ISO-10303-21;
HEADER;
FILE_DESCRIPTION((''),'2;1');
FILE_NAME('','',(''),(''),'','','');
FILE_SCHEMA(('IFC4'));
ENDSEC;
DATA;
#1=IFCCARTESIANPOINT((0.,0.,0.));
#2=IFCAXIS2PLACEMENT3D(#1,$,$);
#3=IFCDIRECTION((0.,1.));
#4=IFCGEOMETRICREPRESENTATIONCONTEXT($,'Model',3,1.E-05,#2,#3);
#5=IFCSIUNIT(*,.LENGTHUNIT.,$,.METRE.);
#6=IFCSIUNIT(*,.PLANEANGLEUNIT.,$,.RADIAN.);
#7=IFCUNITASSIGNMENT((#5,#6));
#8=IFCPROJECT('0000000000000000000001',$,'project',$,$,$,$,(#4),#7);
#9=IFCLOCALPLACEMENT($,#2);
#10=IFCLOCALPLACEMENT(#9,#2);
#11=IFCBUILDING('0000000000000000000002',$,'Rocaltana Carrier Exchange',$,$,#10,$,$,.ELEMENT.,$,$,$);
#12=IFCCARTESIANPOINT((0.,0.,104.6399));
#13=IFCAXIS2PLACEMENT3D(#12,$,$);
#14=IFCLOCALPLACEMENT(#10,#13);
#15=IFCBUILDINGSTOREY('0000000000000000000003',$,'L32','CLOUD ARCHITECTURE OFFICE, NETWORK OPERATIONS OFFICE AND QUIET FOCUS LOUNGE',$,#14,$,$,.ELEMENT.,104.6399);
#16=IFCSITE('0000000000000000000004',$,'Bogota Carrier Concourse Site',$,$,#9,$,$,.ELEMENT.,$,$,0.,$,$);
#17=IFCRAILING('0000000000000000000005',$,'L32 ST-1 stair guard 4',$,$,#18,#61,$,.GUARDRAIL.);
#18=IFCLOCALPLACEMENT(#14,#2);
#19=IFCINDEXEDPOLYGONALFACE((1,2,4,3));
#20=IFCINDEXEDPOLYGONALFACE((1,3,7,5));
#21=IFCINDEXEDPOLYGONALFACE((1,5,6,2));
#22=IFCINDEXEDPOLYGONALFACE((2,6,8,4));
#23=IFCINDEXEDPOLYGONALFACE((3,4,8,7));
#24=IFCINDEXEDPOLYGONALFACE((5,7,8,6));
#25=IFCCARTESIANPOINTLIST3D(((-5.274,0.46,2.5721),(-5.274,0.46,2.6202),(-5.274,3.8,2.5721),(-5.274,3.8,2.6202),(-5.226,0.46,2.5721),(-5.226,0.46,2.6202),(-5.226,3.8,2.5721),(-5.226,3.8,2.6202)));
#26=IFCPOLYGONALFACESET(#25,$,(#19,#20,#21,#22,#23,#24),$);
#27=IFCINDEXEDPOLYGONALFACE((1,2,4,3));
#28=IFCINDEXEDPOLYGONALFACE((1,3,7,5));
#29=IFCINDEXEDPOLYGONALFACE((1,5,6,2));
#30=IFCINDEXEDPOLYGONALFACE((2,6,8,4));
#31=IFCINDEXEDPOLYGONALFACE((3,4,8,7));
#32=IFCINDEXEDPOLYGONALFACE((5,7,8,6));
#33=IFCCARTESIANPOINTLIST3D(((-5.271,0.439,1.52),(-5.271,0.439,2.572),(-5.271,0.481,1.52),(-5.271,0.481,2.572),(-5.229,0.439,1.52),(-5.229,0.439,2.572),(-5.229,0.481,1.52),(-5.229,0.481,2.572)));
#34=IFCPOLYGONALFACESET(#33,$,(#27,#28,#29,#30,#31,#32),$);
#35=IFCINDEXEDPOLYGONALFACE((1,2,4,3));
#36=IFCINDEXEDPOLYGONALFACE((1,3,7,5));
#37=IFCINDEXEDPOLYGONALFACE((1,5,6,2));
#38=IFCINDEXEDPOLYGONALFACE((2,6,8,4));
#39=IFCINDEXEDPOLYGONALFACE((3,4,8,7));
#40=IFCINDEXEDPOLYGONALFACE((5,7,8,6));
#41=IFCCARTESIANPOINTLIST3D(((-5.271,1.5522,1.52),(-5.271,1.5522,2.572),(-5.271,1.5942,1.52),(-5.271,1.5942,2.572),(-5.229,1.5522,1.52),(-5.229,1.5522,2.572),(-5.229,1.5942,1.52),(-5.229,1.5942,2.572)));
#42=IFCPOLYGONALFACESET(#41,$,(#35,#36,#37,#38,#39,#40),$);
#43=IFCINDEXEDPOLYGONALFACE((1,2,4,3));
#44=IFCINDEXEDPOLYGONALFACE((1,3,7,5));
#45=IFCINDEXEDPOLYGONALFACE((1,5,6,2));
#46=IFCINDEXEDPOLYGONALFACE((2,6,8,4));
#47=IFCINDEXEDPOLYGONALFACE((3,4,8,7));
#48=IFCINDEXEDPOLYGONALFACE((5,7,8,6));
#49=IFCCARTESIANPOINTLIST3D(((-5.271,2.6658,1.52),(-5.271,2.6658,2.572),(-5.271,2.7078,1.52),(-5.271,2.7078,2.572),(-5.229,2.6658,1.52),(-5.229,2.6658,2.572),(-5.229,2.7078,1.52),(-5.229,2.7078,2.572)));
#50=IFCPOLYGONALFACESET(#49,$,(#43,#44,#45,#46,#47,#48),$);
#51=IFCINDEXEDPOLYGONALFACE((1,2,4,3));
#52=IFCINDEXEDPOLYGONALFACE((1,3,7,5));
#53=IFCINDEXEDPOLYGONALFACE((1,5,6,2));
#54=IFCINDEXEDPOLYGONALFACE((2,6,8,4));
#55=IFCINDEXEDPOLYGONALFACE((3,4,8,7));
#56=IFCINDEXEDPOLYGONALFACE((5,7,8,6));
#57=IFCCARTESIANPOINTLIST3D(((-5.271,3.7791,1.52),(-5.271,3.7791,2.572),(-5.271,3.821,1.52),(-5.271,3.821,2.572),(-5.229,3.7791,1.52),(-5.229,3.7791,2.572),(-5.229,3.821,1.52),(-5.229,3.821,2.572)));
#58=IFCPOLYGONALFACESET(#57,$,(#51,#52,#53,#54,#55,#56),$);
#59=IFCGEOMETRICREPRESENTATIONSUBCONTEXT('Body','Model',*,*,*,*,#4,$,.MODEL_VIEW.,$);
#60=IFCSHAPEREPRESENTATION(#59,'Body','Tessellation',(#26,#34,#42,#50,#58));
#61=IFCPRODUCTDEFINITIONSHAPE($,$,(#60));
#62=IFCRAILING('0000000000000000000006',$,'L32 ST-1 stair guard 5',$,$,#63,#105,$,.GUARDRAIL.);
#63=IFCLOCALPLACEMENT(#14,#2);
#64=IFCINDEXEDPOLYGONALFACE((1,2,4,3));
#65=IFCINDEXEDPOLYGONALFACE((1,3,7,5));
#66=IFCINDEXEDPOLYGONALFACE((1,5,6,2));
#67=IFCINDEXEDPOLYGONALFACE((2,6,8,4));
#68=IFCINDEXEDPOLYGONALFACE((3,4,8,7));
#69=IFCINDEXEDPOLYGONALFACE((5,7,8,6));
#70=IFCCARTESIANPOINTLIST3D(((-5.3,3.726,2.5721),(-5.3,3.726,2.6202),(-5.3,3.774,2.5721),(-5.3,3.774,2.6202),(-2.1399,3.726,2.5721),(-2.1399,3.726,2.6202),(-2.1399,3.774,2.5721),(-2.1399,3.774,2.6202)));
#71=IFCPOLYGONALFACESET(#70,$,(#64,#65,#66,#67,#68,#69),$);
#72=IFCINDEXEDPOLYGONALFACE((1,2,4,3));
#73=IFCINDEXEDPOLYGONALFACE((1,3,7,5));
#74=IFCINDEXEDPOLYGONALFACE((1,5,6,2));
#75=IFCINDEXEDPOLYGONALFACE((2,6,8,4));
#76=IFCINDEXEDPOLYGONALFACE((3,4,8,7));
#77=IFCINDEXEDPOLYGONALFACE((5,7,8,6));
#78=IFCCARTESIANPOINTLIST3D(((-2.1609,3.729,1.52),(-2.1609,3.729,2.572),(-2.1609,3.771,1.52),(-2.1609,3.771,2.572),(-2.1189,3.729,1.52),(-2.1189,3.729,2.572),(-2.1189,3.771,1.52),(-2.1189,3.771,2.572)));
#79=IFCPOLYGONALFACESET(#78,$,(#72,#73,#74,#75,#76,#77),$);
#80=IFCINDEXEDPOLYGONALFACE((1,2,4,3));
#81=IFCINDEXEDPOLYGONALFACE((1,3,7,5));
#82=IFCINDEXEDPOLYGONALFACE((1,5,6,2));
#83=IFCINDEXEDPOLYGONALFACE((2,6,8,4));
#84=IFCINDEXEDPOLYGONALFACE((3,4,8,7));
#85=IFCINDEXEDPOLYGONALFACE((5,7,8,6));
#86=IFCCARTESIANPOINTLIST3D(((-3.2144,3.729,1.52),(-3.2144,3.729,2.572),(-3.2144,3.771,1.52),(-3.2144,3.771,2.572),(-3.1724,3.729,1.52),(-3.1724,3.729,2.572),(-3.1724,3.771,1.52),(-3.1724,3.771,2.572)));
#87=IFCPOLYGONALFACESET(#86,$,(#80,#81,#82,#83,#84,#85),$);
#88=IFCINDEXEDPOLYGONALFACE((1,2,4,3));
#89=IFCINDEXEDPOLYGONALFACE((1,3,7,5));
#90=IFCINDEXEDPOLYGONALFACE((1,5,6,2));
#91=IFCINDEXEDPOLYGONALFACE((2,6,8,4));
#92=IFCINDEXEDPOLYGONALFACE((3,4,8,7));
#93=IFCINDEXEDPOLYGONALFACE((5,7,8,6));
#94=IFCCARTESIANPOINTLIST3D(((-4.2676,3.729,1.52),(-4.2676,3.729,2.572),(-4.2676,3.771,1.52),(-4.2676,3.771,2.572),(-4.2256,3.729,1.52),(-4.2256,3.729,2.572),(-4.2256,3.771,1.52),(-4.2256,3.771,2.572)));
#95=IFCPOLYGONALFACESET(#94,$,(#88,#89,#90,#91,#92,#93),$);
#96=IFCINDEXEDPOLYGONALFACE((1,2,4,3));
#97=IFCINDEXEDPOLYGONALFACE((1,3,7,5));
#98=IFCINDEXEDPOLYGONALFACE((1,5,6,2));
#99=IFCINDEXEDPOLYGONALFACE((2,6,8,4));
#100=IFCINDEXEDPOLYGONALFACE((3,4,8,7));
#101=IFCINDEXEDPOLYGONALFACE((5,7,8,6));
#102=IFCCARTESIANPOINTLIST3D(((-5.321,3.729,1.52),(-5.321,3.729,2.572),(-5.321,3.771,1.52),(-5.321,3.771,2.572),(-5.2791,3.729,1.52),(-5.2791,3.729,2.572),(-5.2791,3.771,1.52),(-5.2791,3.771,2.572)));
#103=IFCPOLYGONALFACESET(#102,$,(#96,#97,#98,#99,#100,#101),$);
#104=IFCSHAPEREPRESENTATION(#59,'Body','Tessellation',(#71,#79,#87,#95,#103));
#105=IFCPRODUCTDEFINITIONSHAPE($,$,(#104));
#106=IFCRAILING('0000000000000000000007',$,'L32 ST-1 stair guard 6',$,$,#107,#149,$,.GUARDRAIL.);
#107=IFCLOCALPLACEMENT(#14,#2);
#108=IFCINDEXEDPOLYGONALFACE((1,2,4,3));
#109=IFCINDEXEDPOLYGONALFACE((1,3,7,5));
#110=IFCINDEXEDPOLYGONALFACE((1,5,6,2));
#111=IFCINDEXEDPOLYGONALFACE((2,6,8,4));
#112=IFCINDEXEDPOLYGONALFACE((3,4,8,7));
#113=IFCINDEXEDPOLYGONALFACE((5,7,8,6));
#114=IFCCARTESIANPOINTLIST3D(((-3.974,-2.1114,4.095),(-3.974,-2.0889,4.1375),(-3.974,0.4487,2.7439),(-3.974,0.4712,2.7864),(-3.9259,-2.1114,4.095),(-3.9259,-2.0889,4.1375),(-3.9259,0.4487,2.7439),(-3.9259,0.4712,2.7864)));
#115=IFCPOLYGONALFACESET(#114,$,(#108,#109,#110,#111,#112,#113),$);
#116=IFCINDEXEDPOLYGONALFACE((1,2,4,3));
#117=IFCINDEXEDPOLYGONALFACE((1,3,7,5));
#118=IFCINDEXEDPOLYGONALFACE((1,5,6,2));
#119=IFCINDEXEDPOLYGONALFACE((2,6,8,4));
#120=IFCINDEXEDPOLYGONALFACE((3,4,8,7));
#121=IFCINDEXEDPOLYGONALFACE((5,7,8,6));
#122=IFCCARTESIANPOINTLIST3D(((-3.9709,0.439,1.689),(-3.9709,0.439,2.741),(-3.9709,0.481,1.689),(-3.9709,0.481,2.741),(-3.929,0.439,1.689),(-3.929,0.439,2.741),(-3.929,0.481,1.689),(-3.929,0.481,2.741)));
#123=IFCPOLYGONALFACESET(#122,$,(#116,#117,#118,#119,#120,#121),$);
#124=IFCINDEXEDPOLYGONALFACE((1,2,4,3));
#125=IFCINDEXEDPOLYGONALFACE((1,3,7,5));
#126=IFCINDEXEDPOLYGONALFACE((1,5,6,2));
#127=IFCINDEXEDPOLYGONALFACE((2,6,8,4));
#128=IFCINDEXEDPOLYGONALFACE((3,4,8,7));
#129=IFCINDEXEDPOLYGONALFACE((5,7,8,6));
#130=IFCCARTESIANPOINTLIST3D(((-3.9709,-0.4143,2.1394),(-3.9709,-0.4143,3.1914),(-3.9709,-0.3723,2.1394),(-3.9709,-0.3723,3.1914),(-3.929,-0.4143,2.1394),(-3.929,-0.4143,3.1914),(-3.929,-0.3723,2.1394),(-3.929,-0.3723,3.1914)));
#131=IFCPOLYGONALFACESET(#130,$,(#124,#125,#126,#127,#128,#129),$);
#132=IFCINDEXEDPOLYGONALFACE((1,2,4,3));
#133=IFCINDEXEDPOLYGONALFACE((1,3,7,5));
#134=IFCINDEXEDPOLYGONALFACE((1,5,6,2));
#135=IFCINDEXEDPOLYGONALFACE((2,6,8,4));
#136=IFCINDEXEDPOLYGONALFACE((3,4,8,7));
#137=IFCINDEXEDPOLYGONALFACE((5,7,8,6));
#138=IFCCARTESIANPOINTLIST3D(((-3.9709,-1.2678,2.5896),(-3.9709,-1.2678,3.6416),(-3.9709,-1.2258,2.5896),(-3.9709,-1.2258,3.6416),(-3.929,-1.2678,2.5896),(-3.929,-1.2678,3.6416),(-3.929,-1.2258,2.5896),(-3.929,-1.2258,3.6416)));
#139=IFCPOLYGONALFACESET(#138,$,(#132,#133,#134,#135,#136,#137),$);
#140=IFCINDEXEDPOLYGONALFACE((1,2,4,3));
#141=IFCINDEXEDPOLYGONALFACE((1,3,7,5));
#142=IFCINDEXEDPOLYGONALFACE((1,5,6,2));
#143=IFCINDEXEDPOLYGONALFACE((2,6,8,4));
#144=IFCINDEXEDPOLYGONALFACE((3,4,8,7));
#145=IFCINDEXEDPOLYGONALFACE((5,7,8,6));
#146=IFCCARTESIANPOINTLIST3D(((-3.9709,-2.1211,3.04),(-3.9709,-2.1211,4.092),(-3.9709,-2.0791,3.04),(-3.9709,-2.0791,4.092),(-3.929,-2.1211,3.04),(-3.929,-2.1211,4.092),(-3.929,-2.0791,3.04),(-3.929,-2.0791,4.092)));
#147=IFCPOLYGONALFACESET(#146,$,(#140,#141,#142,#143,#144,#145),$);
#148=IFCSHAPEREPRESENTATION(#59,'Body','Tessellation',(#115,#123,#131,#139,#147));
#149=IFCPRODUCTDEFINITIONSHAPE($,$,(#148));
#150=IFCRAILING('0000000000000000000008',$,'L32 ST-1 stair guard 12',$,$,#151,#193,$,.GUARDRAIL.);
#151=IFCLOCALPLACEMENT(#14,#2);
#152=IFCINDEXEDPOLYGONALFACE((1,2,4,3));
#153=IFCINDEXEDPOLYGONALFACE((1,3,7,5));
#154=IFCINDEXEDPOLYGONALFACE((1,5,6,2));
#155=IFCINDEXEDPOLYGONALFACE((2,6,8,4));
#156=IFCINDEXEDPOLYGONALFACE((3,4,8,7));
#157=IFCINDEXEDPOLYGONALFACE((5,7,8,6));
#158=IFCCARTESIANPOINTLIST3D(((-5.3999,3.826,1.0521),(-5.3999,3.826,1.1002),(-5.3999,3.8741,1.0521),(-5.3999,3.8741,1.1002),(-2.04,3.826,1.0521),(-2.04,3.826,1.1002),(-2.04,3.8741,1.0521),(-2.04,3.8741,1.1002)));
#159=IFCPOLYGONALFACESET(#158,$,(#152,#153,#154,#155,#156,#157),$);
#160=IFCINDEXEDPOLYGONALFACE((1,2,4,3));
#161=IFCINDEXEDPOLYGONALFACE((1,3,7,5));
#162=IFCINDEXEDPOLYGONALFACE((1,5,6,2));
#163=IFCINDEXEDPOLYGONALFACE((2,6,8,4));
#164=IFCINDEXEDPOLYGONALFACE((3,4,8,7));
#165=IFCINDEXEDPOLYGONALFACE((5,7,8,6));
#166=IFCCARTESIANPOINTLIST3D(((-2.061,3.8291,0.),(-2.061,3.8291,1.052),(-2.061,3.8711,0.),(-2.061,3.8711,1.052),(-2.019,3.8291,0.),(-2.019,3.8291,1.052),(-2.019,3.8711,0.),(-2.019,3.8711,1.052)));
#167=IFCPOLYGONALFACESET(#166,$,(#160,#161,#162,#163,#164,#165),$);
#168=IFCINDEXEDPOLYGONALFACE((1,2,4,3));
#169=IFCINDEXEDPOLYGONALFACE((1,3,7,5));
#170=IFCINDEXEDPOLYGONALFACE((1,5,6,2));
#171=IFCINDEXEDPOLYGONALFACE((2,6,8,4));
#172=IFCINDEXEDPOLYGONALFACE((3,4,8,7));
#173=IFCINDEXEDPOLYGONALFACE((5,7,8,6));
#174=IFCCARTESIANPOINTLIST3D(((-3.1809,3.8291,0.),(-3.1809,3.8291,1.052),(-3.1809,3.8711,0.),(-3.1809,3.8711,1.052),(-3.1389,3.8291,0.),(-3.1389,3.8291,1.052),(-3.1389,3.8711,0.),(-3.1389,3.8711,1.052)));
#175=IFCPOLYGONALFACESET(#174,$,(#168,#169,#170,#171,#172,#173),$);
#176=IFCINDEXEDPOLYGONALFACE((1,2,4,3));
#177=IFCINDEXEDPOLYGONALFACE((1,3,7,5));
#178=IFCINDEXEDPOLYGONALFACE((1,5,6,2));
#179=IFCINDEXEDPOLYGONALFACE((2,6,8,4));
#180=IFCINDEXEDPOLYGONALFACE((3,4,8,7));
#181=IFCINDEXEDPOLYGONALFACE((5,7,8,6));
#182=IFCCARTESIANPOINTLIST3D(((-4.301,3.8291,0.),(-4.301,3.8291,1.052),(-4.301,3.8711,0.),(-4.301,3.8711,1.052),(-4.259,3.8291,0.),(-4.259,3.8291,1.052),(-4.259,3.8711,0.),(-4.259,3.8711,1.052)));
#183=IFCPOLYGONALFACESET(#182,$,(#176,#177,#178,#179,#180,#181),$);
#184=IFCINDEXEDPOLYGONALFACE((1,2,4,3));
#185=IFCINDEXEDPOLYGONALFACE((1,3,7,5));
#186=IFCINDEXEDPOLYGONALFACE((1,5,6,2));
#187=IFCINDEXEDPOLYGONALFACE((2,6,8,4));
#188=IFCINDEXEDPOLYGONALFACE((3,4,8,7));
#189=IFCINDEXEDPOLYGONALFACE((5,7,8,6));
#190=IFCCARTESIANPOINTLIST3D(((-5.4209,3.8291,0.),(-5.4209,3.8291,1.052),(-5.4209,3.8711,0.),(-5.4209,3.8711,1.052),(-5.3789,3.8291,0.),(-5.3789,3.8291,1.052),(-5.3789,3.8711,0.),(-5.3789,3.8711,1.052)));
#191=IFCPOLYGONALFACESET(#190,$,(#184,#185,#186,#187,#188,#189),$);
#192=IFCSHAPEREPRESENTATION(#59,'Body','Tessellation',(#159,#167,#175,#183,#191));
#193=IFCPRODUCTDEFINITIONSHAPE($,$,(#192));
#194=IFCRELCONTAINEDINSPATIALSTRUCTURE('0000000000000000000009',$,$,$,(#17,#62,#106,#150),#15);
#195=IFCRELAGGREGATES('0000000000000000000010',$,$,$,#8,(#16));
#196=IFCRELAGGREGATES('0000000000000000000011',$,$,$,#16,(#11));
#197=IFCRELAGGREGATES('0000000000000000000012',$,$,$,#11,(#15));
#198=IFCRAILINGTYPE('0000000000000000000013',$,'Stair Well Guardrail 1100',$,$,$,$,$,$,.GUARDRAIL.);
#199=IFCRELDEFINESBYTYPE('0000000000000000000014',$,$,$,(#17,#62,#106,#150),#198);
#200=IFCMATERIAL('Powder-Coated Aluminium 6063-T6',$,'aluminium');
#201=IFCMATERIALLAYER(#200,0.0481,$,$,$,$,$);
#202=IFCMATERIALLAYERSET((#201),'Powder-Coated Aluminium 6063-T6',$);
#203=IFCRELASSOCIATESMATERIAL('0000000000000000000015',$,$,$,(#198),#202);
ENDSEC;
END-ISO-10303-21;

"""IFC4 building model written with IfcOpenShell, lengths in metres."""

from ifc_helpers import new_model, si_unit, direction, frame, origin, origin_2d, place, context, subcontext, project, spatial, rectangle, extrude, material, layer, layer_set, type_object, element, save


model = new_model("IFC4")

# Units and contexts
model_context = context("Model", 3, precision=1e-05, world=origin(), true_north=direction((0.0, 1.0)))
body_context = subcontext(model_context, "Body", "Model", "MODEL_VIEW")
ifc_project = project(units=[si_unit("LENGTHUNIT", "METRE"), si_unit("PLANEANGLEUNIT", "RADIAN")], contexts=[model_context])

# Site, building, storey
site_placement = place(None, origin())
site = spatial("IfcSite", under=ifc_project, at=site_placement, Name="Bogota Carrier Concourse Site", CompositionType="ELEMENT", RefElevation=0.0)
building_placement = place(site_placement, origin())
building = spatial("IfcBuilding", under=site, at=building_placement, Name="Rocaltana Carrier Exchange", CompositionType="ELEMENT")
storey_placement = place(building_placement, frame((0.0, 0.0, 104.6399)))
storey = spatial("IfcBuildingStorey", under=building, at=storey_placement, Name="L32", Description="CLOUD ARCHITECTURE OFFICE, NETWORK OPERATIONS OFFICE AND QUIET FOCUS LOUNGE", CompositionType="ELEMENT", Elevation=104.6399)

# Railings
ifc_material_1 = material(Name="Powder-Coated Aluminium 6063-T6", Category="aluminium")
ifc_layer_1 = layer(ifc_material_1, 0.0481)
ifc_layer_set_1 = layer_set([ifc_layer_1], Name="Powder-Coated Aluminium 6063-T6")
railing_type_1 = type_object("IfcRailingType", Name="Stair Well Guardrail 1100", PredefinedType="GUARDRAIL", material=ifc_layer_set_1)
for number, where, name in (
    (1, (-5.25, 0.46, 1.52), "L32 ST-1 stair guard 4"),
):
    element("IfcRailing", number, at=place(storey_placement, frame(where)), inside=storey, type_object=railing_type_1, Name=name, PredefinedType="GUARDRAIL", context=body_context, shape_type="SweptSolid", body=[
        extrude(rectangle(XDim=0.0481, YDim=0.0481, at=origin_2d()), frame((0.0, 0.0, 1.0762), z_axis=(0.0, 1.0, 0.0), x_axis=(-1.0, 0.0, 0.0)), (0.0, 0.0, 1.0), 3.3401),
        extrude(rectangle(XDim=0.042, YDim=0.042, at=origin_2d()), origin(), (0.0, 0.0, 1.0), 1.052),
        extrude(rectangle(XDim=0.042, YDim=0.042, at=origin_2d()), frame((0.0, 1.1133, 0.0)), (0.0, 0.0, 1.0), 1.052),
        extrude(rectangle(XDim=0.042, YDim=0.042, at=origin_2d()), frame((0.0, 2.2268, 0.0)), (0.0, 0.0, 1.0), 1.052),
        extrude(rectangle(XDim=0.042, YDim=0.042, at=origin_2d()), frame((0.0, 3.3401, 0.0)), (0.0, 0.0, 1.0), 1.052),
    ])
railing_1_placement = place(storey_placement, frame((-2.1399, 3.75, 1.52)))
element("IfcRailing", 2, at=railing_1_placement, inside=storey, type_object=railing_type_1, Name="L32 ST-1 stair guard 5", PredefinedType="GUARDRAIL", context=body_context, shape_type="SweptSolid", body=[
    extrude(rectangle(XDim=0.0481, YDim=0.0481, at=origin_2d()), frame((0.0, 0.0, 1.0762), z_axis=(-1.0, 0.0, 0.0), x_axis=(0.0, -1.0, 0.0)), (0.0, 0.0, 1.0), 3.1602),
    extrude(rectangle(XDim=0.042, YDim=0.042, at=origin_2d()), origin(), (0.0, 0.0, 1.0), 1.052),
    extrude(rectangle(XDim=0.042, YDim=0.042, at=origin_2d()), frame((-1.0535, 0.0, 0.0)), (0.0, 0.0, 1.0), 1.052),
    extrude(rectangle(XDim=0.042, YDim=0.042, at=origin_2d()), frame((-2.1067, 0.0, 0.0)), (0.0, 0.0, 1.0), 1.052),
    extrude(rectangle(XDim=0.042, YDim=0.042, at=origin_2d()), frame((-3.1602, 0.0, 0.0)), (0.0, 0.0, 1.0), 1.052),
])
railing_2_placement = place(storey_placement, frame((-3.95, 0.46, 1.689)))
element("IfcRailing", 3, at=railing_2_placement, inside=storey, type_object=railing_type_1, Name="L32 ST-1 stair guard 6", PredefinedType="GUARDRAIL", context=body_context, shape_type="SweptSolid", body=[
    extrude(rectangle(XDim=0.0481, YDim=0.0481, at=origin_2d()), frame((0.0, 0.0, 1.0762), z_axis=(0.0, -0.884394, 0.46674), x_axis=(1.0, 0.0, 0.0)), (0.0, 0.0, 1.0), 2.8948),
    extrude(rectangle(XDim=0.042, YDim=0.042, at=origin_2d()), origin(), (0.0, 0.0, 1.0), 1.052),
    extrude(rectangle(XDim=0.042, YDim=0.042, at=origin_2d()), frame((0.0, -0.8533, 0.4504)), (0.0, 0.0, 1.0), 1.052),
    extrude(rectangle(XDim=0.042, YDim=0.042, at=origin_2d()), frame((0.0, -1.7068, 0.9006)), (0.0, 0.0, 1.0), 1.052),
    extrude(rectangle(XDim=0.042, YDim=0.042, at=origin_2d()), frame((0.0, -2.5601, 1.3511)), (0.0, 0.0, 1.0), 1.052),
])
railing_3_placement = place(storey_placement, frame((-2.04, 3.8501, 0.0)))
element("IfcRailing", 4, at=railing_3_placement, inside=storey, type_object=railing_type_1, Name="L32 ST-1 stair guard 12", PredefinedType="GUARDRAIL", context=body_context, shape_type="SweptSolid", body=[
    extrude(rectangle(XDim=0.0481, YDim=0.0481, at=origin_2d()), frame((0.0, 0.0, 1.0762), z_axis=(-1.0, 0.0, 0.0), x_axis=(0.0, -1.0, 0.0)), (0.0, 0.0, 1.0), 3.3599),
    extrude(rectangle(XDim=0.042, YDim=0.042, at=origin_2d()), origin(), (0.0, 0.0, 1.0), 1.052),
    extrude(rectangle(XDim=0.042, YDim=0.042, at=origin_2d()), frame((-1.1199, 0.0, 0.0)), (0.0, 0.0, 1.0), 1.052),
    extrude(rectangle(XDim=0.042, YDim=0.042, at=origin_2d()), frame((-2.24, 0.0, 0.0)), (0.0, 0.0, 1.0), 1.052),
    extrude(rectangle(XDim=0.042, YDim=0.042, at=origin_2d()), frame((-3.3599, 0.0, 0.0)), (0.0, 0.0, 1.0), 1.052),
])

save(model, "model.ifc")
